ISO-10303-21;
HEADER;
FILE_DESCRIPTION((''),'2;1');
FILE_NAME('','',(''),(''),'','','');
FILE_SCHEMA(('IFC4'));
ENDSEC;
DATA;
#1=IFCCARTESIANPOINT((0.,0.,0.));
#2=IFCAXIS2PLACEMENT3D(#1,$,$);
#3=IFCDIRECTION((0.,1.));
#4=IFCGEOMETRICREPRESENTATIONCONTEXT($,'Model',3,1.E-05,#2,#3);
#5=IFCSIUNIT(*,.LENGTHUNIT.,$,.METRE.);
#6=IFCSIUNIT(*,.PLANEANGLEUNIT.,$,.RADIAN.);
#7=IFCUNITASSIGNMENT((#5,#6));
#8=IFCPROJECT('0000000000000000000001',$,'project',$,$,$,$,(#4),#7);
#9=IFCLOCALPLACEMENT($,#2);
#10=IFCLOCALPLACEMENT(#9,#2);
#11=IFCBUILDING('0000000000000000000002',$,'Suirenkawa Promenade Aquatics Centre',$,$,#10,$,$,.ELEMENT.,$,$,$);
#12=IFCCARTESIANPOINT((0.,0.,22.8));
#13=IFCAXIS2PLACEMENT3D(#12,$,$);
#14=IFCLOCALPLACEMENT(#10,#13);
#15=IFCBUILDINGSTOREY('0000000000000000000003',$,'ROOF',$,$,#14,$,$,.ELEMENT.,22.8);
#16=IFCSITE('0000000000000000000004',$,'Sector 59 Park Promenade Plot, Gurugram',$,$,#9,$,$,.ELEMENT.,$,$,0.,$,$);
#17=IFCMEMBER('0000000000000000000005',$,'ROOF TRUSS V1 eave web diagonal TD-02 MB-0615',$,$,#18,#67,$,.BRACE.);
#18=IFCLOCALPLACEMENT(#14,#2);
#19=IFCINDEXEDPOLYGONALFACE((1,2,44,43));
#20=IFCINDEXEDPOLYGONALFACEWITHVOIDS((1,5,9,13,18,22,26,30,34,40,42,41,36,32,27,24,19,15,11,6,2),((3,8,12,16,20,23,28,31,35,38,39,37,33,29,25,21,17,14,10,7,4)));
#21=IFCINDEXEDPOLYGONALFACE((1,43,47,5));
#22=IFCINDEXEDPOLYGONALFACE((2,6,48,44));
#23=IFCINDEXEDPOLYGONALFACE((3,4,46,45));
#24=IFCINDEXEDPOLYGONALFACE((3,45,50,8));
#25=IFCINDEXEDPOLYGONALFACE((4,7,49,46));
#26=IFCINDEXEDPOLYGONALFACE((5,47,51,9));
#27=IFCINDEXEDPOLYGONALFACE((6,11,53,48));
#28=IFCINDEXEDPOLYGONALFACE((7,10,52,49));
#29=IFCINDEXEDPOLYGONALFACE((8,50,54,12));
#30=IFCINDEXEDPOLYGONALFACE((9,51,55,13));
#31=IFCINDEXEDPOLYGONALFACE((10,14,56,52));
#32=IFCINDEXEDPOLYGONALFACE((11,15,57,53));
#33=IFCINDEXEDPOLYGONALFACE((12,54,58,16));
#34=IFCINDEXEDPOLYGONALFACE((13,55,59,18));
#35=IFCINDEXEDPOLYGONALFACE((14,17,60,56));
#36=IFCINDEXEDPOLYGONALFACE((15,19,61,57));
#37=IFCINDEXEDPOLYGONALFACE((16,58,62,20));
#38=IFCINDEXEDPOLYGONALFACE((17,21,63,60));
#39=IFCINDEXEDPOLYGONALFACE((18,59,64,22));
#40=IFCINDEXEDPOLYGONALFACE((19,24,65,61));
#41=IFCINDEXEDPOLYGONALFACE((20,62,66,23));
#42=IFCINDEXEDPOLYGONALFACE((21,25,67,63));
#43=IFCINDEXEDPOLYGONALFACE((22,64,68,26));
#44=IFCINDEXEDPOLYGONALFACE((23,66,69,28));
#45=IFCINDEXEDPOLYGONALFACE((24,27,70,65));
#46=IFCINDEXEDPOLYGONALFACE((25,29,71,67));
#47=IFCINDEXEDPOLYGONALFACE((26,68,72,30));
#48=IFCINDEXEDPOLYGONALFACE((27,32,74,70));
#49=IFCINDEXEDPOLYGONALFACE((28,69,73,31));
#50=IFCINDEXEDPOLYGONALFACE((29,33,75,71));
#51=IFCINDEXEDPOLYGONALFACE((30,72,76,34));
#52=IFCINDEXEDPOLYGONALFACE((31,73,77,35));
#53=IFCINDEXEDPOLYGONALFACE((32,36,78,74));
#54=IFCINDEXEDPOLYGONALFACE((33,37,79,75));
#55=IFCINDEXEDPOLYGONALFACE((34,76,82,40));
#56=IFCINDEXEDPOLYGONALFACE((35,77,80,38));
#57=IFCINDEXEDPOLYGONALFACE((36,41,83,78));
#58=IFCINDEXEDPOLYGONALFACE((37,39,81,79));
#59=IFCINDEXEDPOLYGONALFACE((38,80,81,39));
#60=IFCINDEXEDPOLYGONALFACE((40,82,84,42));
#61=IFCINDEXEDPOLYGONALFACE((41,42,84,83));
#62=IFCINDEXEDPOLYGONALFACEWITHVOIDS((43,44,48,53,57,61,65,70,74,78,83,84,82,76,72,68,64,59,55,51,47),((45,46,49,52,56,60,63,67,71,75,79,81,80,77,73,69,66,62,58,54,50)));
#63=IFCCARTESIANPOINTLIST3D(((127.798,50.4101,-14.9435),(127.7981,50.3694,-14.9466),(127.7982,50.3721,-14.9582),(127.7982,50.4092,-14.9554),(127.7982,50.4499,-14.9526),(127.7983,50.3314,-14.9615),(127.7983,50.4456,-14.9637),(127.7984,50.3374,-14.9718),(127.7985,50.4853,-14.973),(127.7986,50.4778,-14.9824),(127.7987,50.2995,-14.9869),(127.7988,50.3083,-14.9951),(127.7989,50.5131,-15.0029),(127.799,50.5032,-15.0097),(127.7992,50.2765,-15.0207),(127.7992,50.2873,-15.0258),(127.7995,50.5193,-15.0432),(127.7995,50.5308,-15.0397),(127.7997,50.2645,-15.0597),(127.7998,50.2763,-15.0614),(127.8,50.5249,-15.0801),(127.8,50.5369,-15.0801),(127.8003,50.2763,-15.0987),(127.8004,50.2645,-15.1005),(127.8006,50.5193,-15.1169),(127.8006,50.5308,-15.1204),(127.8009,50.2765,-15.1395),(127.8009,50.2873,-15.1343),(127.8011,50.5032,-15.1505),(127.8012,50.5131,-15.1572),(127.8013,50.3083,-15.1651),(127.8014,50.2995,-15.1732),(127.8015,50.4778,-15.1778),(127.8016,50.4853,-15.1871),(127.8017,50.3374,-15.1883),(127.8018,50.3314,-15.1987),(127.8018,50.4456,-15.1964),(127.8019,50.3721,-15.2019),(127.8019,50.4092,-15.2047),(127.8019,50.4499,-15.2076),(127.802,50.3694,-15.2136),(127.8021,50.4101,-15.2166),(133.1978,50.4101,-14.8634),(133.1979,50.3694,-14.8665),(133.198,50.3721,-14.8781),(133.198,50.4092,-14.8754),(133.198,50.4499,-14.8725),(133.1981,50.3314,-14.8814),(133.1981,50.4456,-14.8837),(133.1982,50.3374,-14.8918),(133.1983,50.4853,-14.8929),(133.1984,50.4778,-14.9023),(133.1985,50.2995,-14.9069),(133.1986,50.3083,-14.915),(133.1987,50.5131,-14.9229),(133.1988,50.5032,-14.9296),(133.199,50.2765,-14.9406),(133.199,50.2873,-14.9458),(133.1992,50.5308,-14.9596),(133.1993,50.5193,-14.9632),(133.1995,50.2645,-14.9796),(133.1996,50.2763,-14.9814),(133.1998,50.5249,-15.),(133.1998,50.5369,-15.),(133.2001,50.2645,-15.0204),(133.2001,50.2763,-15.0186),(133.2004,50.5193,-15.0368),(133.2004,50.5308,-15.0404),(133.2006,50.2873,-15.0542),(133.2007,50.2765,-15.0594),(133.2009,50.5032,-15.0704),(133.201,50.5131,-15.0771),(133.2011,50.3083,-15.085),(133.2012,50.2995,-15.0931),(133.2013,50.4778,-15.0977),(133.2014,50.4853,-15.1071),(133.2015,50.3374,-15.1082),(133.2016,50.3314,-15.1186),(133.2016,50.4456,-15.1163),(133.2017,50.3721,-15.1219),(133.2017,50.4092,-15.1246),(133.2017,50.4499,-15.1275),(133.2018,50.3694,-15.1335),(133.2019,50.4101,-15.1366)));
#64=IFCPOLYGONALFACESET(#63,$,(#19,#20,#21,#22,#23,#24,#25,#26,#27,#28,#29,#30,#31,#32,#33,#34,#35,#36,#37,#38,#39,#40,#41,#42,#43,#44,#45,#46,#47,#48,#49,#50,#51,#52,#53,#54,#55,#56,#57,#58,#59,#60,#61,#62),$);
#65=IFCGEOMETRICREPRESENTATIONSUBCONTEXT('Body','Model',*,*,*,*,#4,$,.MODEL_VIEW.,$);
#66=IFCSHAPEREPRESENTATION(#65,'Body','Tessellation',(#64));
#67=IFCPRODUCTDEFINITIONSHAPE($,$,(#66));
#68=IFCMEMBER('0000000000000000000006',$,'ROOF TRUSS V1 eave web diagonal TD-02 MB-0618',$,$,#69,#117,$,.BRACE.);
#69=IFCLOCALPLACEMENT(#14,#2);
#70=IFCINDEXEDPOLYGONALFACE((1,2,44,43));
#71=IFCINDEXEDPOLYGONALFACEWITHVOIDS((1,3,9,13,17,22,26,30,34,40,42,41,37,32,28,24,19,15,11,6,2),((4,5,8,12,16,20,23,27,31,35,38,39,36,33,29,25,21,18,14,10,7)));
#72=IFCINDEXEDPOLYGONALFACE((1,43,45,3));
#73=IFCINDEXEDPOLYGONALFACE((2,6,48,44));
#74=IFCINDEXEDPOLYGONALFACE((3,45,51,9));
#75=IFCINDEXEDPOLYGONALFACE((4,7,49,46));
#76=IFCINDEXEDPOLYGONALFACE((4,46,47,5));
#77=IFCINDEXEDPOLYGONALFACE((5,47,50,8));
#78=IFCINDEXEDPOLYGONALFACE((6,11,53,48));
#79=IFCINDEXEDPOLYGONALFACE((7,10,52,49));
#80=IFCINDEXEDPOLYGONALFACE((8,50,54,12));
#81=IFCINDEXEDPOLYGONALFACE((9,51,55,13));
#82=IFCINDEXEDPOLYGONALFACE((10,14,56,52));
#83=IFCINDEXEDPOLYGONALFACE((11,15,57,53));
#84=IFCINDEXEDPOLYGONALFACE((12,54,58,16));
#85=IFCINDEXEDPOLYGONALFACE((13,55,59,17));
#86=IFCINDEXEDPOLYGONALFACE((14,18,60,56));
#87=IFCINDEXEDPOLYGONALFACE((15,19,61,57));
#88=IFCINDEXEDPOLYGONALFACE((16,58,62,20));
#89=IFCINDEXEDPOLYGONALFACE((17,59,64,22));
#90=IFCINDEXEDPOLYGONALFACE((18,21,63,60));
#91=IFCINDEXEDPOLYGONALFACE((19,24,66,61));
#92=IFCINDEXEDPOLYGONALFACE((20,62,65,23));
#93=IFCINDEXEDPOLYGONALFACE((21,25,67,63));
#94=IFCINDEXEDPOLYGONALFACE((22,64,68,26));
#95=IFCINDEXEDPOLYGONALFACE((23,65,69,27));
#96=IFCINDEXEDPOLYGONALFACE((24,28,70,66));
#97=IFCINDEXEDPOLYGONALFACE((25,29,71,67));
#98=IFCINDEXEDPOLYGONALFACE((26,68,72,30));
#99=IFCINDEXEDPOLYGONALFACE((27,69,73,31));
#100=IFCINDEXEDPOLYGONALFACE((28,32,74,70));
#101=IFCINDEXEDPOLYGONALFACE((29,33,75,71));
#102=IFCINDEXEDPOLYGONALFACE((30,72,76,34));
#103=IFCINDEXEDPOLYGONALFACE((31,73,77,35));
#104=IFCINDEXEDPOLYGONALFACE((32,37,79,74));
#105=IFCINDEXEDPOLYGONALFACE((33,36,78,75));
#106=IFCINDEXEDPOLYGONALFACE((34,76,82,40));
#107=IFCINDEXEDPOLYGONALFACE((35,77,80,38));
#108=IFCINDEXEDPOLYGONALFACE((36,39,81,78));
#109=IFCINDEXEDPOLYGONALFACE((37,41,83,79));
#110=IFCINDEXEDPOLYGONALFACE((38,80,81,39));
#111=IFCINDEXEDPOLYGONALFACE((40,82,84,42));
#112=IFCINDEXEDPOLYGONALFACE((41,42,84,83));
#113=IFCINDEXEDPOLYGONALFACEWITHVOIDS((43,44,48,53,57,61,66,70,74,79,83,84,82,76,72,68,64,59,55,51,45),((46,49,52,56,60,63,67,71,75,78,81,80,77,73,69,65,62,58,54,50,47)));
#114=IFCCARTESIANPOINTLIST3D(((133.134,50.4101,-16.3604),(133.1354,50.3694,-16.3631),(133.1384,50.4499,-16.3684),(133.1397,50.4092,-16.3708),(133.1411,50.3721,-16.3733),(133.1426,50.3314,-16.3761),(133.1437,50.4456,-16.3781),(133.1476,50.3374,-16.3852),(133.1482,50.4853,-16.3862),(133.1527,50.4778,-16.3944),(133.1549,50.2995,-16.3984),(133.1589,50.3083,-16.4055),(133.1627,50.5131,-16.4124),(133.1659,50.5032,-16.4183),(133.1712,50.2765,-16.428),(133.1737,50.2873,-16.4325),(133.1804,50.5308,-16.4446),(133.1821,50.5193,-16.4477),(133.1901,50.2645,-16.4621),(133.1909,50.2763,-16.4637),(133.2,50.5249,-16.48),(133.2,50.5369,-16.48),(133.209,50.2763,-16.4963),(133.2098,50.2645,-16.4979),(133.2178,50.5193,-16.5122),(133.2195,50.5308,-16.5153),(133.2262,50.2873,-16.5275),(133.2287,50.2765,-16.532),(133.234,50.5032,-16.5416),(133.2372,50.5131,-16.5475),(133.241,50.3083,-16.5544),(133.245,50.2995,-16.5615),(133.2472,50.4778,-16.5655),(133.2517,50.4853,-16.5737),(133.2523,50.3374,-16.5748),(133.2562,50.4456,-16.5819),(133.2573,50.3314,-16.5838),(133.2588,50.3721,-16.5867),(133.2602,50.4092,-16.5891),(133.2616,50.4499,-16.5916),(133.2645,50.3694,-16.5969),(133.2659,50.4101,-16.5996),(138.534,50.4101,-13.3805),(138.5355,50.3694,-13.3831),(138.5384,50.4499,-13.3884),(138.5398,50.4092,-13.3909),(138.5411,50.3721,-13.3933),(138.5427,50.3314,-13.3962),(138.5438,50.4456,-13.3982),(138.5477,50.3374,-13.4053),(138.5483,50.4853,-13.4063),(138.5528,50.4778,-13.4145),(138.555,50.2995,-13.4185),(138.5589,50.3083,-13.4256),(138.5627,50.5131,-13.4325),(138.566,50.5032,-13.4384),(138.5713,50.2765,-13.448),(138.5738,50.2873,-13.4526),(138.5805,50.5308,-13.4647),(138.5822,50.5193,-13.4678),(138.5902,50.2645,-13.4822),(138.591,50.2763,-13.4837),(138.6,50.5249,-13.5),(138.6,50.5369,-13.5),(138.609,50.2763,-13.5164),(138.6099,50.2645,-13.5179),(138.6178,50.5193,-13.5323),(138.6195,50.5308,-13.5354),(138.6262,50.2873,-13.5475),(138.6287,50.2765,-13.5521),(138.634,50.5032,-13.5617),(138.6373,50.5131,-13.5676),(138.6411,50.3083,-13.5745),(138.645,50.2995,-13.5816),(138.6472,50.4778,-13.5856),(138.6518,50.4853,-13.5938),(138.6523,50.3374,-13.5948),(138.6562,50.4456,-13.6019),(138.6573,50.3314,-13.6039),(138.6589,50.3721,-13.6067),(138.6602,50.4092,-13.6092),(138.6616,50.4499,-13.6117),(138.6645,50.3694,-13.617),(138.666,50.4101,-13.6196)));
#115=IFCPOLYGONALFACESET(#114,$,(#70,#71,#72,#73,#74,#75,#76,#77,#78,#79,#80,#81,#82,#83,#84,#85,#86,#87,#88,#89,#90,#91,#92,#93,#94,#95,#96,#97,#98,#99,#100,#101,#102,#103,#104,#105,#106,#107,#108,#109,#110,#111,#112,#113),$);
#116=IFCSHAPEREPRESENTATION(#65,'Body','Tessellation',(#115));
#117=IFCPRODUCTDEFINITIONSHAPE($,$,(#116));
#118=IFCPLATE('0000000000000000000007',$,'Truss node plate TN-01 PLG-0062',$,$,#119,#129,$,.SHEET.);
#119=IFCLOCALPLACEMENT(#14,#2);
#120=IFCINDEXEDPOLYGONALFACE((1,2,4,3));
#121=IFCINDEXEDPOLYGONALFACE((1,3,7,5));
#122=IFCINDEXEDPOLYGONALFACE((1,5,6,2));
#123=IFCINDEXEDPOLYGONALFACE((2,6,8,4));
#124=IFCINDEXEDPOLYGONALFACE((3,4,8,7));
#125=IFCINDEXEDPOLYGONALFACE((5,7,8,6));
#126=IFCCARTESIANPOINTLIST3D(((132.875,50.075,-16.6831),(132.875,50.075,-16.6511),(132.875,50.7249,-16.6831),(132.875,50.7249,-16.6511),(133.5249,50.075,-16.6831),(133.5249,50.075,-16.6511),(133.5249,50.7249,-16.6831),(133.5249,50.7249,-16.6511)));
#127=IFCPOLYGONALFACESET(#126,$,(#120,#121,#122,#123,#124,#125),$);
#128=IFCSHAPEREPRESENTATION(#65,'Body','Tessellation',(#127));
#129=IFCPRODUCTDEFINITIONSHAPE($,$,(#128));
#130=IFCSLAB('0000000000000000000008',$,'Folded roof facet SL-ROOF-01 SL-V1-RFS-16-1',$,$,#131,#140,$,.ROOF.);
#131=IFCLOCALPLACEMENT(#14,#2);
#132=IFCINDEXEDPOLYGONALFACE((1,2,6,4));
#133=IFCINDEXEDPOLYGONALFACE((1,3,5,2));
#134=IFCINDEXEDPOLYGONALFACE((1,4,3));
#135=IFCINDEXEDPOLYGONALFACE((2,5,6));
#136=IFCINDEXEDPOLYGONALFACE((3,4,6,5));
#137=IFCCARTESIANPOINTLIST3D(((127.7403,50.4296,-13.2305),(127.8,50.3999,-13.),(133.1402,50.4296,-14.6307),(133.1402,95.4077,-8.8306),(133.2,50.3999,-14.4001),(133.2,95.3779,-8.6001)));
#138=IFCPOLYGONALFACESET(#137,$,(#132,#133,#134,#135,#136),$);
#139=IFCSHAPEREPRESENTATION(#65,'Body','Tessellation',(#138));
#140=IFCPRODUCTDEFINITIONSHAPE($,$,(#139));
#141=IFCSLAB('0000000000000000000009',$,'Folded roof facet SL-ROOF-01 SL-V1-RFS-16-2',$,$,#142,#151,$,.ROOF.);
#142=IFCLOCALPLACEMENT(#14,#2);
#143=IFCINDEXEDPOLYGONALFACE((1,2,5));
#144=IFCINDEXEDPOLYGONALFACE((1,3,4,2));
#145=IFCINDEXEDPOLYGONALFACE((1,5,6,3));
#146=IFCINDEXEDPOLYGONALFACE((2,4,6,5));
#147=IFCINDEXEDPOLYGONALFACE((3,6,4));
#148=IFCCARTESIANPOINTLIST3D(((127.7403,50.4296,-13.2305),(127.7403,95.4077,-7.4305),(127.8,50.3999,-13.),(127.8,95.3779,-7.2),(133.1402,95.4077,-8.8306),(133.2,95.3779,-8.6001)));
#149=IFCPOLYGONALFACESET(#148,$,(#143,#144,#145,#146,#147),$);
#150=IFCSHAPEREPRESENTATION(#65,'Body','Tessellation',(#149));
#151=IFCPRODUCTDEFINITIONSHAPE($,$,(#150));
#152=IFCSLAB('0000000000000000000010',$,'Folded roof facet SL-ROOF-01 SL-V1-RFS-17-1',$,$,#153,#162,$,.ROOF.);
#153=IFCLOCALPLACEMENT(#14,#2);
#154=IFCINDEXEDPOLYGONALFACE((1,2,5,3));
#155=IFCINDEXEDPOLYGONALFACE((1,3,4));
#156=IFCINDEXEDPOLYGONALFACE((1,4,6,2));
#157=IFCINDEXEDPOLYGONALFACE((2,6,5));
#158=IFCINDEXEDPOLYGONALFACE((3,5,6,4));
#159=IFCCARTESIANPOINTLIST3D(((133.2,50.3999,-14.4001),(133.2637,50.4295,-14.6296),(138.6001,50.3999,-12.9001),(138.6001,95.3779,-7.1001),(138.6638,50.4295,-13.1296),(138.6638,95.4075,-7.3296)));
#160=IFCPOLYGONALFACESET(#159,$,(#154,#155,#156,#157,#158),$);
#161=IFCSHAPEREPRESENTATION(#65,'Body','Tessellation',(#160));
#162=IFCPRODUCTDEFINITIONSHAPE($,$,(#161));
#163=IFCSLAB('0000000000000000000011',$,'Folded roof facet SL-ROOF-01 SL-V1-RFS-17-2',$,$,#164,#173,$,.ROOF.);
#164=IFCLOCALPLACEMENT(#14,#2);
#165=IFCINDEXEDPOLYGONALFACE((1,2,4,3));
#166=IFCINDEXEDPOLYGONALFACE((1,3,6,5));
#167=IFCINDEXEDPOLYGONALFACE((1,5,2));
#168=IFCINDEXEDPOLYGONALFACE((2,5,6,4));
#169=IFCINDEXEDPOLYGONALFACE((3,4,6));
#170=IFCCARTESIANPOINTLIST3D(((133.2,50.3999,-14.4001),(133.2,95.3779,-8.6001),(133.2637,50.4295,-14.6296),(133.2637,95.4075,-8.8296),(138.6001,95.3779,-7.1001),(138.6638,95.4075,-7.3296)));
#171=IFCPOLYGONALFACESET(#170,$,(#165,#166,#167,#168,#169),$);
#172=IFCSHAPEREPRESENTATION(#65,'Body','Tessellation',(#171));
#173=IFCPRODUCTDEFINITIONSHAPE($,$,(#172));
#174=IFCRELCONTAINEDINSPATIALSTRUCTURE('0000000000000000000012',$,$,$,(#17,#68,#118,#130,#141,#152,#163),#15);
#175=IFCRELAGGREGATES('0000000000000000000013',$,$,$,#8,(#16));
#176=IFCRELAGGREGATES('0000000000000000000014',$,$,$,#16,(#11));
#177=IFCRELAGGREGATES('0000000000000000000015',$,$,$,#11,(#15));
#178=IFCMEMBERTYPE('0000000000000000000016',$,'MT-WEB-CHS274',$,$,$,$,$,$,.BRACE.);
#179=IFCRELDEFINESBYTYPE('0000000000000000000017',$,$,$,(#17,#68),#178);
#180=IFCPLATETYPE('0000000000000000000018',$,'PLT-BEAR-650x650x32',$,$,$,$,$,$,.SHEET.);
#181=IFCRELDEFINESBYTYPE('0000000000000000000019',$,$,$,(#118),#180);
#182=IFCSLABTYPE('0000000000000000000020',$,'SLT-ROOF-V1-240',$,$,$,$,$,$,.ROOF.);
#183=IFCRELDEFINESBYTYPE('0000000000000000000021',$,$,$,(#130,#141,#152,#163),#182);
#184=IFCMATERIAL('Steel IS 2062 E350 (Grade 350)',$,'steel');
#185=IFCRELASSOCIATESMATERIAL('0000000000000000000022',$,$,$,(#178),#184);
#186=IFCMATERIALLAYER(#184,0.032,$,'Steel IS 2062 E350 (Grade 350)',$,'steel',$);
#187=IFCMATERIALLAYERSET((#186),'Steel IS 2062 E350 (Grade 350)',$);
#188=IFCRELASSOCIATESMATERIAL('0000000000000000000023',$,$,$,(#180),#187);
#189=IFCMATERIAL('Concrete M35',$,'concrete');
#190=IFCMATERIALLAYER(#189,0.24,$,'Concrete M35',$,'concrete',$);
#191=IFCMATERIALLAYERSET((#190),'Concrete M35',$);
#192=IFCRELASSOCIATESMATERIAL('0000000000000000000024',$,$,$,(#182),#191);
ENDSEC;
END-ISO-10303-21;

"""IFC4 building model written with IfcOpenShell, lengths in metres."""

from ifc_helpers import new_model, si_unit, direction, frame, origin, origin_2d, place, context, subcontext, project, spatial, polyline, rectangle, hollow_circle, outline, extrude, material, layer, layer_set, material_profile, profile_set, type_object, element, save


model = new_model("IFC4")

# Units and contexts
model_context = context("Model", 3, precision=1e-05, world=origin(), true_north=direction((0.0, 1.0)))
body_context = subcontext(model_context, "Body", "Model", "MODEL_VIEW")
ifc_project = project(units=[si_unit("LENGTHUNIT", "METRE"), si_unit("PLANEANGLEUNIT", "RADIAN")], contexts=[model_context])

# Site, building, storey
site_placement = place(None, origin())
site = spatial("IfcSite", under=ifc_project, at=site_placement, Name="Sector 59 Park Promenade Plot, Gurugram", CompositionType="ELEMENT", RefElevation=0.0)
building_placement = place(site_placement, origin())
building = spatial("IfcBuilding", under=site, at=building_placement, Name="Suirenkawa Promenade Aquatics Centre", CompositionType="ELEMENT")
storey_placement = place(building_placement, frame((0.0, 0.0, 22.8)))
storey = spatial("IfcBuildingStorey", under=building, at=storey_placement, Name="ROOF", CompositionType="ELEMENT", Elevation=22.8)

# Shared definitions
ifc_material_1 = material(Name="Steel IS 2062 E350 (Grade 350)", Category="steel")

# Members
ifc_material_profile_1 = material_profile(ifc_material_1, hollow_circle(Radius=0.137, WallThickness=0.012, at=origin_2d()), Name="CHS 274x12", Category="steel")
ifc_profile_set_1 = profile_set([ifc_material_profile_1], Name="Steel IS 2062 E350 (Grade 350)")
member_type_1 = type_object("IfcMemberType", Name="MT-WEB-CHS274", PredefinedType="BRACE", material=ifc_profile_set_1)
member_1_placement = place(storey_placement, frame((127.8, 50.3999, -15.0801), z_axis=(0.99989, 0.0, 0.014828), x_axis=(0.0, 1.0, 0.0)))
element("IfcMember", 1, at=member_1_placement, inside=storey, type_object=member_type_1, Name="ROOF TRUSS V1 eave web diagonal TD-02 MB-0615", PredefinedType="BRACE", context=body_context, shape_type="SweptSolid", body=[
    extrude(hollow_circle(Radius=0.137, WallThickness=0.012, at=origin_2d()), origin(), (0.0, 0.0, 1.0), 5.4004),
])
member_2_placement = place(storey_placement, frame((133.2, 50.3999, -16.48), z_axis=(0.875537, 0.0, 0.483151), x_axis=(0.0, 1.0, 0.0)))
element("IfcMember", 2, at=member_2_placement, inside=storey, type_object=member_type_1, Name="ROOF TRUSS V1 eave web diagonal TD-02 MB-0618", PredefinedType="BRACE", context=body_context, shape_type="SweptSolid", body=[
    extrude(hollow_circle(Radius=0.137, WallThickness=0.012, at=origin_2d()), origin(), (0.0, 0.0, 1.0), 6.1677),
])

# Plate
ifc_layer_1 = layer(ifc_material_1, 0.032, Name="Steel IS 2062 E350 (Grade 350)", Category="steel")
ifc_layer_set_1 = layer_set([ifc_layer_1], Name="Steel IS 2062 E350 (Grade 350)")
plate_type = type_object("IfcPlateType", Name="PLT-BEAR-650x650x32", PredefinedType="SHEET", material=ifc_layer_set_1)
plate_placement = place(storey_placement, frame((133.2, 50.3999, -16.6831), z_axis=(0.0, 0.0, 1.0), x_axis=(1.0, 0.0, 0.0)))
element("IfcPlate", 3, at=plate_placement, inside=storey, type_object=plate_type, Name="Truss node plate TN-01 PLG-0062", PredefinedType="SHEET", context=body_context, shape_type="SweptSolid", body=[
    extrude(rectangle(XDim=0.6499, YDim=0.6499, at=origin_2d()), origin(), (0.0, 0.0, 1.0), 0.032),
])

# Slabs
ifc_material_2 = material(Name="Concrete M35", Category="concrete")
ifc_layer_2 = layer(ifc_material_2, 0.24, Name="Concrete M35", Category="concrete")
ifc_layer_set_2 = layer_set([ifc_layer_2], Name="Concrete M35")
slab_type = type_object("IfcSlabType", Name="SLT-ROOF-V1-240", PredefinedType="ROOF", material=ifc_layer_set_2)
slab_1_placement = place(storey_placement, frame((127.8, 50.3999, -13.0), z_axis=(0.249058, -0.123864, 0.960535), x_axis=(0.967989, 0.0, -0.250991)))
element("IfcSlab", 4, at=slab_1_placement, inside=storey, type_object=slab_type, Name="Folded roof facet SL-ROOF-01 SL-V1-RFS-16-1", PredefinedType="ROOF", context=body_context, shape_type="SweptSolid", body=[
    extrude(outline(polyline([(0.0, 0.0), (5.5785, 0.0), (4.1227, 45.3271), (0.0, 0.0)])), origin(), (0.0, 0.0, -1.0), 0.24),
])
slab_2_placement = place(storey_placement, frame((127.8, 50.3999, -13.0), z_axis=(0.249058, -0.123864, 0.960535), x_axis=(0.118642, 0.98822, 0.096671)))
element("IfcSlab", 5, at=slab_2_placement, inside=storey, type_object=slab_type, Name="Folded roof facet SL-ROOF-01 SL-V1-RFS-16-2", PredefinedType="ROOF", context=body_context, shape_type="SweptSolid", body=[
    extrude(outline(polyline([(0.0, 0.0), (45.5142, 0.0), (45.0089, 5.5555), (0.0, 0.0)])), origin(), (0.0, 0.0, -1.0), 0.24),
])
slab_3_placement = place(storey_placement, frame((133.2, 50.3999, -14.4001), z_axis=(-0.265595, -0.123301, 0.956168), x_axis=(0.96352, 0.0, 0.267637)))
element("IfcSlab", 6, at=slab_3_placement, inside=storey, type_object=slab_type, Name="Folded roof facet SL-ROOF-01 SL-V1-RFS-17-1", PredefinedType="ROOF", context=body_context, shape_type="SweptSolid", body=[
    extrude(outline(polyline([(0.0, 0.0), (5.6046, 0.0), (7.1569, 45.3239), (0.0, 0.0)])), origin(), (0.0, 0.0, -1.0), 0.24),
])
slab_4_placement = place(storey_placement, frame((133.2, 50.3999, -14.4001), z_axis=(-0.265595, -0.123301, 0.956168), x_axis=(0.117688, 0.980224, 0.159093)))
element("IfcSlab", 7, at=slab_4_placement, inside=storey, type_object=slab_type, Name="Folded roof facet SL-ROOF-01 SL-V1-RFS-17-2", PredefinedType="ROOF", context=body_context, shape_type="SweptSolid", body=[
    extrude(outline(polyline([(0.0, 0.0), (45.8855, 0.0), (45.0113, 5.536), (0.0, 0.0)])), origin(), (0.0, 0.0, -1.0), 0.24),
])

save(model, "model.ifc")
